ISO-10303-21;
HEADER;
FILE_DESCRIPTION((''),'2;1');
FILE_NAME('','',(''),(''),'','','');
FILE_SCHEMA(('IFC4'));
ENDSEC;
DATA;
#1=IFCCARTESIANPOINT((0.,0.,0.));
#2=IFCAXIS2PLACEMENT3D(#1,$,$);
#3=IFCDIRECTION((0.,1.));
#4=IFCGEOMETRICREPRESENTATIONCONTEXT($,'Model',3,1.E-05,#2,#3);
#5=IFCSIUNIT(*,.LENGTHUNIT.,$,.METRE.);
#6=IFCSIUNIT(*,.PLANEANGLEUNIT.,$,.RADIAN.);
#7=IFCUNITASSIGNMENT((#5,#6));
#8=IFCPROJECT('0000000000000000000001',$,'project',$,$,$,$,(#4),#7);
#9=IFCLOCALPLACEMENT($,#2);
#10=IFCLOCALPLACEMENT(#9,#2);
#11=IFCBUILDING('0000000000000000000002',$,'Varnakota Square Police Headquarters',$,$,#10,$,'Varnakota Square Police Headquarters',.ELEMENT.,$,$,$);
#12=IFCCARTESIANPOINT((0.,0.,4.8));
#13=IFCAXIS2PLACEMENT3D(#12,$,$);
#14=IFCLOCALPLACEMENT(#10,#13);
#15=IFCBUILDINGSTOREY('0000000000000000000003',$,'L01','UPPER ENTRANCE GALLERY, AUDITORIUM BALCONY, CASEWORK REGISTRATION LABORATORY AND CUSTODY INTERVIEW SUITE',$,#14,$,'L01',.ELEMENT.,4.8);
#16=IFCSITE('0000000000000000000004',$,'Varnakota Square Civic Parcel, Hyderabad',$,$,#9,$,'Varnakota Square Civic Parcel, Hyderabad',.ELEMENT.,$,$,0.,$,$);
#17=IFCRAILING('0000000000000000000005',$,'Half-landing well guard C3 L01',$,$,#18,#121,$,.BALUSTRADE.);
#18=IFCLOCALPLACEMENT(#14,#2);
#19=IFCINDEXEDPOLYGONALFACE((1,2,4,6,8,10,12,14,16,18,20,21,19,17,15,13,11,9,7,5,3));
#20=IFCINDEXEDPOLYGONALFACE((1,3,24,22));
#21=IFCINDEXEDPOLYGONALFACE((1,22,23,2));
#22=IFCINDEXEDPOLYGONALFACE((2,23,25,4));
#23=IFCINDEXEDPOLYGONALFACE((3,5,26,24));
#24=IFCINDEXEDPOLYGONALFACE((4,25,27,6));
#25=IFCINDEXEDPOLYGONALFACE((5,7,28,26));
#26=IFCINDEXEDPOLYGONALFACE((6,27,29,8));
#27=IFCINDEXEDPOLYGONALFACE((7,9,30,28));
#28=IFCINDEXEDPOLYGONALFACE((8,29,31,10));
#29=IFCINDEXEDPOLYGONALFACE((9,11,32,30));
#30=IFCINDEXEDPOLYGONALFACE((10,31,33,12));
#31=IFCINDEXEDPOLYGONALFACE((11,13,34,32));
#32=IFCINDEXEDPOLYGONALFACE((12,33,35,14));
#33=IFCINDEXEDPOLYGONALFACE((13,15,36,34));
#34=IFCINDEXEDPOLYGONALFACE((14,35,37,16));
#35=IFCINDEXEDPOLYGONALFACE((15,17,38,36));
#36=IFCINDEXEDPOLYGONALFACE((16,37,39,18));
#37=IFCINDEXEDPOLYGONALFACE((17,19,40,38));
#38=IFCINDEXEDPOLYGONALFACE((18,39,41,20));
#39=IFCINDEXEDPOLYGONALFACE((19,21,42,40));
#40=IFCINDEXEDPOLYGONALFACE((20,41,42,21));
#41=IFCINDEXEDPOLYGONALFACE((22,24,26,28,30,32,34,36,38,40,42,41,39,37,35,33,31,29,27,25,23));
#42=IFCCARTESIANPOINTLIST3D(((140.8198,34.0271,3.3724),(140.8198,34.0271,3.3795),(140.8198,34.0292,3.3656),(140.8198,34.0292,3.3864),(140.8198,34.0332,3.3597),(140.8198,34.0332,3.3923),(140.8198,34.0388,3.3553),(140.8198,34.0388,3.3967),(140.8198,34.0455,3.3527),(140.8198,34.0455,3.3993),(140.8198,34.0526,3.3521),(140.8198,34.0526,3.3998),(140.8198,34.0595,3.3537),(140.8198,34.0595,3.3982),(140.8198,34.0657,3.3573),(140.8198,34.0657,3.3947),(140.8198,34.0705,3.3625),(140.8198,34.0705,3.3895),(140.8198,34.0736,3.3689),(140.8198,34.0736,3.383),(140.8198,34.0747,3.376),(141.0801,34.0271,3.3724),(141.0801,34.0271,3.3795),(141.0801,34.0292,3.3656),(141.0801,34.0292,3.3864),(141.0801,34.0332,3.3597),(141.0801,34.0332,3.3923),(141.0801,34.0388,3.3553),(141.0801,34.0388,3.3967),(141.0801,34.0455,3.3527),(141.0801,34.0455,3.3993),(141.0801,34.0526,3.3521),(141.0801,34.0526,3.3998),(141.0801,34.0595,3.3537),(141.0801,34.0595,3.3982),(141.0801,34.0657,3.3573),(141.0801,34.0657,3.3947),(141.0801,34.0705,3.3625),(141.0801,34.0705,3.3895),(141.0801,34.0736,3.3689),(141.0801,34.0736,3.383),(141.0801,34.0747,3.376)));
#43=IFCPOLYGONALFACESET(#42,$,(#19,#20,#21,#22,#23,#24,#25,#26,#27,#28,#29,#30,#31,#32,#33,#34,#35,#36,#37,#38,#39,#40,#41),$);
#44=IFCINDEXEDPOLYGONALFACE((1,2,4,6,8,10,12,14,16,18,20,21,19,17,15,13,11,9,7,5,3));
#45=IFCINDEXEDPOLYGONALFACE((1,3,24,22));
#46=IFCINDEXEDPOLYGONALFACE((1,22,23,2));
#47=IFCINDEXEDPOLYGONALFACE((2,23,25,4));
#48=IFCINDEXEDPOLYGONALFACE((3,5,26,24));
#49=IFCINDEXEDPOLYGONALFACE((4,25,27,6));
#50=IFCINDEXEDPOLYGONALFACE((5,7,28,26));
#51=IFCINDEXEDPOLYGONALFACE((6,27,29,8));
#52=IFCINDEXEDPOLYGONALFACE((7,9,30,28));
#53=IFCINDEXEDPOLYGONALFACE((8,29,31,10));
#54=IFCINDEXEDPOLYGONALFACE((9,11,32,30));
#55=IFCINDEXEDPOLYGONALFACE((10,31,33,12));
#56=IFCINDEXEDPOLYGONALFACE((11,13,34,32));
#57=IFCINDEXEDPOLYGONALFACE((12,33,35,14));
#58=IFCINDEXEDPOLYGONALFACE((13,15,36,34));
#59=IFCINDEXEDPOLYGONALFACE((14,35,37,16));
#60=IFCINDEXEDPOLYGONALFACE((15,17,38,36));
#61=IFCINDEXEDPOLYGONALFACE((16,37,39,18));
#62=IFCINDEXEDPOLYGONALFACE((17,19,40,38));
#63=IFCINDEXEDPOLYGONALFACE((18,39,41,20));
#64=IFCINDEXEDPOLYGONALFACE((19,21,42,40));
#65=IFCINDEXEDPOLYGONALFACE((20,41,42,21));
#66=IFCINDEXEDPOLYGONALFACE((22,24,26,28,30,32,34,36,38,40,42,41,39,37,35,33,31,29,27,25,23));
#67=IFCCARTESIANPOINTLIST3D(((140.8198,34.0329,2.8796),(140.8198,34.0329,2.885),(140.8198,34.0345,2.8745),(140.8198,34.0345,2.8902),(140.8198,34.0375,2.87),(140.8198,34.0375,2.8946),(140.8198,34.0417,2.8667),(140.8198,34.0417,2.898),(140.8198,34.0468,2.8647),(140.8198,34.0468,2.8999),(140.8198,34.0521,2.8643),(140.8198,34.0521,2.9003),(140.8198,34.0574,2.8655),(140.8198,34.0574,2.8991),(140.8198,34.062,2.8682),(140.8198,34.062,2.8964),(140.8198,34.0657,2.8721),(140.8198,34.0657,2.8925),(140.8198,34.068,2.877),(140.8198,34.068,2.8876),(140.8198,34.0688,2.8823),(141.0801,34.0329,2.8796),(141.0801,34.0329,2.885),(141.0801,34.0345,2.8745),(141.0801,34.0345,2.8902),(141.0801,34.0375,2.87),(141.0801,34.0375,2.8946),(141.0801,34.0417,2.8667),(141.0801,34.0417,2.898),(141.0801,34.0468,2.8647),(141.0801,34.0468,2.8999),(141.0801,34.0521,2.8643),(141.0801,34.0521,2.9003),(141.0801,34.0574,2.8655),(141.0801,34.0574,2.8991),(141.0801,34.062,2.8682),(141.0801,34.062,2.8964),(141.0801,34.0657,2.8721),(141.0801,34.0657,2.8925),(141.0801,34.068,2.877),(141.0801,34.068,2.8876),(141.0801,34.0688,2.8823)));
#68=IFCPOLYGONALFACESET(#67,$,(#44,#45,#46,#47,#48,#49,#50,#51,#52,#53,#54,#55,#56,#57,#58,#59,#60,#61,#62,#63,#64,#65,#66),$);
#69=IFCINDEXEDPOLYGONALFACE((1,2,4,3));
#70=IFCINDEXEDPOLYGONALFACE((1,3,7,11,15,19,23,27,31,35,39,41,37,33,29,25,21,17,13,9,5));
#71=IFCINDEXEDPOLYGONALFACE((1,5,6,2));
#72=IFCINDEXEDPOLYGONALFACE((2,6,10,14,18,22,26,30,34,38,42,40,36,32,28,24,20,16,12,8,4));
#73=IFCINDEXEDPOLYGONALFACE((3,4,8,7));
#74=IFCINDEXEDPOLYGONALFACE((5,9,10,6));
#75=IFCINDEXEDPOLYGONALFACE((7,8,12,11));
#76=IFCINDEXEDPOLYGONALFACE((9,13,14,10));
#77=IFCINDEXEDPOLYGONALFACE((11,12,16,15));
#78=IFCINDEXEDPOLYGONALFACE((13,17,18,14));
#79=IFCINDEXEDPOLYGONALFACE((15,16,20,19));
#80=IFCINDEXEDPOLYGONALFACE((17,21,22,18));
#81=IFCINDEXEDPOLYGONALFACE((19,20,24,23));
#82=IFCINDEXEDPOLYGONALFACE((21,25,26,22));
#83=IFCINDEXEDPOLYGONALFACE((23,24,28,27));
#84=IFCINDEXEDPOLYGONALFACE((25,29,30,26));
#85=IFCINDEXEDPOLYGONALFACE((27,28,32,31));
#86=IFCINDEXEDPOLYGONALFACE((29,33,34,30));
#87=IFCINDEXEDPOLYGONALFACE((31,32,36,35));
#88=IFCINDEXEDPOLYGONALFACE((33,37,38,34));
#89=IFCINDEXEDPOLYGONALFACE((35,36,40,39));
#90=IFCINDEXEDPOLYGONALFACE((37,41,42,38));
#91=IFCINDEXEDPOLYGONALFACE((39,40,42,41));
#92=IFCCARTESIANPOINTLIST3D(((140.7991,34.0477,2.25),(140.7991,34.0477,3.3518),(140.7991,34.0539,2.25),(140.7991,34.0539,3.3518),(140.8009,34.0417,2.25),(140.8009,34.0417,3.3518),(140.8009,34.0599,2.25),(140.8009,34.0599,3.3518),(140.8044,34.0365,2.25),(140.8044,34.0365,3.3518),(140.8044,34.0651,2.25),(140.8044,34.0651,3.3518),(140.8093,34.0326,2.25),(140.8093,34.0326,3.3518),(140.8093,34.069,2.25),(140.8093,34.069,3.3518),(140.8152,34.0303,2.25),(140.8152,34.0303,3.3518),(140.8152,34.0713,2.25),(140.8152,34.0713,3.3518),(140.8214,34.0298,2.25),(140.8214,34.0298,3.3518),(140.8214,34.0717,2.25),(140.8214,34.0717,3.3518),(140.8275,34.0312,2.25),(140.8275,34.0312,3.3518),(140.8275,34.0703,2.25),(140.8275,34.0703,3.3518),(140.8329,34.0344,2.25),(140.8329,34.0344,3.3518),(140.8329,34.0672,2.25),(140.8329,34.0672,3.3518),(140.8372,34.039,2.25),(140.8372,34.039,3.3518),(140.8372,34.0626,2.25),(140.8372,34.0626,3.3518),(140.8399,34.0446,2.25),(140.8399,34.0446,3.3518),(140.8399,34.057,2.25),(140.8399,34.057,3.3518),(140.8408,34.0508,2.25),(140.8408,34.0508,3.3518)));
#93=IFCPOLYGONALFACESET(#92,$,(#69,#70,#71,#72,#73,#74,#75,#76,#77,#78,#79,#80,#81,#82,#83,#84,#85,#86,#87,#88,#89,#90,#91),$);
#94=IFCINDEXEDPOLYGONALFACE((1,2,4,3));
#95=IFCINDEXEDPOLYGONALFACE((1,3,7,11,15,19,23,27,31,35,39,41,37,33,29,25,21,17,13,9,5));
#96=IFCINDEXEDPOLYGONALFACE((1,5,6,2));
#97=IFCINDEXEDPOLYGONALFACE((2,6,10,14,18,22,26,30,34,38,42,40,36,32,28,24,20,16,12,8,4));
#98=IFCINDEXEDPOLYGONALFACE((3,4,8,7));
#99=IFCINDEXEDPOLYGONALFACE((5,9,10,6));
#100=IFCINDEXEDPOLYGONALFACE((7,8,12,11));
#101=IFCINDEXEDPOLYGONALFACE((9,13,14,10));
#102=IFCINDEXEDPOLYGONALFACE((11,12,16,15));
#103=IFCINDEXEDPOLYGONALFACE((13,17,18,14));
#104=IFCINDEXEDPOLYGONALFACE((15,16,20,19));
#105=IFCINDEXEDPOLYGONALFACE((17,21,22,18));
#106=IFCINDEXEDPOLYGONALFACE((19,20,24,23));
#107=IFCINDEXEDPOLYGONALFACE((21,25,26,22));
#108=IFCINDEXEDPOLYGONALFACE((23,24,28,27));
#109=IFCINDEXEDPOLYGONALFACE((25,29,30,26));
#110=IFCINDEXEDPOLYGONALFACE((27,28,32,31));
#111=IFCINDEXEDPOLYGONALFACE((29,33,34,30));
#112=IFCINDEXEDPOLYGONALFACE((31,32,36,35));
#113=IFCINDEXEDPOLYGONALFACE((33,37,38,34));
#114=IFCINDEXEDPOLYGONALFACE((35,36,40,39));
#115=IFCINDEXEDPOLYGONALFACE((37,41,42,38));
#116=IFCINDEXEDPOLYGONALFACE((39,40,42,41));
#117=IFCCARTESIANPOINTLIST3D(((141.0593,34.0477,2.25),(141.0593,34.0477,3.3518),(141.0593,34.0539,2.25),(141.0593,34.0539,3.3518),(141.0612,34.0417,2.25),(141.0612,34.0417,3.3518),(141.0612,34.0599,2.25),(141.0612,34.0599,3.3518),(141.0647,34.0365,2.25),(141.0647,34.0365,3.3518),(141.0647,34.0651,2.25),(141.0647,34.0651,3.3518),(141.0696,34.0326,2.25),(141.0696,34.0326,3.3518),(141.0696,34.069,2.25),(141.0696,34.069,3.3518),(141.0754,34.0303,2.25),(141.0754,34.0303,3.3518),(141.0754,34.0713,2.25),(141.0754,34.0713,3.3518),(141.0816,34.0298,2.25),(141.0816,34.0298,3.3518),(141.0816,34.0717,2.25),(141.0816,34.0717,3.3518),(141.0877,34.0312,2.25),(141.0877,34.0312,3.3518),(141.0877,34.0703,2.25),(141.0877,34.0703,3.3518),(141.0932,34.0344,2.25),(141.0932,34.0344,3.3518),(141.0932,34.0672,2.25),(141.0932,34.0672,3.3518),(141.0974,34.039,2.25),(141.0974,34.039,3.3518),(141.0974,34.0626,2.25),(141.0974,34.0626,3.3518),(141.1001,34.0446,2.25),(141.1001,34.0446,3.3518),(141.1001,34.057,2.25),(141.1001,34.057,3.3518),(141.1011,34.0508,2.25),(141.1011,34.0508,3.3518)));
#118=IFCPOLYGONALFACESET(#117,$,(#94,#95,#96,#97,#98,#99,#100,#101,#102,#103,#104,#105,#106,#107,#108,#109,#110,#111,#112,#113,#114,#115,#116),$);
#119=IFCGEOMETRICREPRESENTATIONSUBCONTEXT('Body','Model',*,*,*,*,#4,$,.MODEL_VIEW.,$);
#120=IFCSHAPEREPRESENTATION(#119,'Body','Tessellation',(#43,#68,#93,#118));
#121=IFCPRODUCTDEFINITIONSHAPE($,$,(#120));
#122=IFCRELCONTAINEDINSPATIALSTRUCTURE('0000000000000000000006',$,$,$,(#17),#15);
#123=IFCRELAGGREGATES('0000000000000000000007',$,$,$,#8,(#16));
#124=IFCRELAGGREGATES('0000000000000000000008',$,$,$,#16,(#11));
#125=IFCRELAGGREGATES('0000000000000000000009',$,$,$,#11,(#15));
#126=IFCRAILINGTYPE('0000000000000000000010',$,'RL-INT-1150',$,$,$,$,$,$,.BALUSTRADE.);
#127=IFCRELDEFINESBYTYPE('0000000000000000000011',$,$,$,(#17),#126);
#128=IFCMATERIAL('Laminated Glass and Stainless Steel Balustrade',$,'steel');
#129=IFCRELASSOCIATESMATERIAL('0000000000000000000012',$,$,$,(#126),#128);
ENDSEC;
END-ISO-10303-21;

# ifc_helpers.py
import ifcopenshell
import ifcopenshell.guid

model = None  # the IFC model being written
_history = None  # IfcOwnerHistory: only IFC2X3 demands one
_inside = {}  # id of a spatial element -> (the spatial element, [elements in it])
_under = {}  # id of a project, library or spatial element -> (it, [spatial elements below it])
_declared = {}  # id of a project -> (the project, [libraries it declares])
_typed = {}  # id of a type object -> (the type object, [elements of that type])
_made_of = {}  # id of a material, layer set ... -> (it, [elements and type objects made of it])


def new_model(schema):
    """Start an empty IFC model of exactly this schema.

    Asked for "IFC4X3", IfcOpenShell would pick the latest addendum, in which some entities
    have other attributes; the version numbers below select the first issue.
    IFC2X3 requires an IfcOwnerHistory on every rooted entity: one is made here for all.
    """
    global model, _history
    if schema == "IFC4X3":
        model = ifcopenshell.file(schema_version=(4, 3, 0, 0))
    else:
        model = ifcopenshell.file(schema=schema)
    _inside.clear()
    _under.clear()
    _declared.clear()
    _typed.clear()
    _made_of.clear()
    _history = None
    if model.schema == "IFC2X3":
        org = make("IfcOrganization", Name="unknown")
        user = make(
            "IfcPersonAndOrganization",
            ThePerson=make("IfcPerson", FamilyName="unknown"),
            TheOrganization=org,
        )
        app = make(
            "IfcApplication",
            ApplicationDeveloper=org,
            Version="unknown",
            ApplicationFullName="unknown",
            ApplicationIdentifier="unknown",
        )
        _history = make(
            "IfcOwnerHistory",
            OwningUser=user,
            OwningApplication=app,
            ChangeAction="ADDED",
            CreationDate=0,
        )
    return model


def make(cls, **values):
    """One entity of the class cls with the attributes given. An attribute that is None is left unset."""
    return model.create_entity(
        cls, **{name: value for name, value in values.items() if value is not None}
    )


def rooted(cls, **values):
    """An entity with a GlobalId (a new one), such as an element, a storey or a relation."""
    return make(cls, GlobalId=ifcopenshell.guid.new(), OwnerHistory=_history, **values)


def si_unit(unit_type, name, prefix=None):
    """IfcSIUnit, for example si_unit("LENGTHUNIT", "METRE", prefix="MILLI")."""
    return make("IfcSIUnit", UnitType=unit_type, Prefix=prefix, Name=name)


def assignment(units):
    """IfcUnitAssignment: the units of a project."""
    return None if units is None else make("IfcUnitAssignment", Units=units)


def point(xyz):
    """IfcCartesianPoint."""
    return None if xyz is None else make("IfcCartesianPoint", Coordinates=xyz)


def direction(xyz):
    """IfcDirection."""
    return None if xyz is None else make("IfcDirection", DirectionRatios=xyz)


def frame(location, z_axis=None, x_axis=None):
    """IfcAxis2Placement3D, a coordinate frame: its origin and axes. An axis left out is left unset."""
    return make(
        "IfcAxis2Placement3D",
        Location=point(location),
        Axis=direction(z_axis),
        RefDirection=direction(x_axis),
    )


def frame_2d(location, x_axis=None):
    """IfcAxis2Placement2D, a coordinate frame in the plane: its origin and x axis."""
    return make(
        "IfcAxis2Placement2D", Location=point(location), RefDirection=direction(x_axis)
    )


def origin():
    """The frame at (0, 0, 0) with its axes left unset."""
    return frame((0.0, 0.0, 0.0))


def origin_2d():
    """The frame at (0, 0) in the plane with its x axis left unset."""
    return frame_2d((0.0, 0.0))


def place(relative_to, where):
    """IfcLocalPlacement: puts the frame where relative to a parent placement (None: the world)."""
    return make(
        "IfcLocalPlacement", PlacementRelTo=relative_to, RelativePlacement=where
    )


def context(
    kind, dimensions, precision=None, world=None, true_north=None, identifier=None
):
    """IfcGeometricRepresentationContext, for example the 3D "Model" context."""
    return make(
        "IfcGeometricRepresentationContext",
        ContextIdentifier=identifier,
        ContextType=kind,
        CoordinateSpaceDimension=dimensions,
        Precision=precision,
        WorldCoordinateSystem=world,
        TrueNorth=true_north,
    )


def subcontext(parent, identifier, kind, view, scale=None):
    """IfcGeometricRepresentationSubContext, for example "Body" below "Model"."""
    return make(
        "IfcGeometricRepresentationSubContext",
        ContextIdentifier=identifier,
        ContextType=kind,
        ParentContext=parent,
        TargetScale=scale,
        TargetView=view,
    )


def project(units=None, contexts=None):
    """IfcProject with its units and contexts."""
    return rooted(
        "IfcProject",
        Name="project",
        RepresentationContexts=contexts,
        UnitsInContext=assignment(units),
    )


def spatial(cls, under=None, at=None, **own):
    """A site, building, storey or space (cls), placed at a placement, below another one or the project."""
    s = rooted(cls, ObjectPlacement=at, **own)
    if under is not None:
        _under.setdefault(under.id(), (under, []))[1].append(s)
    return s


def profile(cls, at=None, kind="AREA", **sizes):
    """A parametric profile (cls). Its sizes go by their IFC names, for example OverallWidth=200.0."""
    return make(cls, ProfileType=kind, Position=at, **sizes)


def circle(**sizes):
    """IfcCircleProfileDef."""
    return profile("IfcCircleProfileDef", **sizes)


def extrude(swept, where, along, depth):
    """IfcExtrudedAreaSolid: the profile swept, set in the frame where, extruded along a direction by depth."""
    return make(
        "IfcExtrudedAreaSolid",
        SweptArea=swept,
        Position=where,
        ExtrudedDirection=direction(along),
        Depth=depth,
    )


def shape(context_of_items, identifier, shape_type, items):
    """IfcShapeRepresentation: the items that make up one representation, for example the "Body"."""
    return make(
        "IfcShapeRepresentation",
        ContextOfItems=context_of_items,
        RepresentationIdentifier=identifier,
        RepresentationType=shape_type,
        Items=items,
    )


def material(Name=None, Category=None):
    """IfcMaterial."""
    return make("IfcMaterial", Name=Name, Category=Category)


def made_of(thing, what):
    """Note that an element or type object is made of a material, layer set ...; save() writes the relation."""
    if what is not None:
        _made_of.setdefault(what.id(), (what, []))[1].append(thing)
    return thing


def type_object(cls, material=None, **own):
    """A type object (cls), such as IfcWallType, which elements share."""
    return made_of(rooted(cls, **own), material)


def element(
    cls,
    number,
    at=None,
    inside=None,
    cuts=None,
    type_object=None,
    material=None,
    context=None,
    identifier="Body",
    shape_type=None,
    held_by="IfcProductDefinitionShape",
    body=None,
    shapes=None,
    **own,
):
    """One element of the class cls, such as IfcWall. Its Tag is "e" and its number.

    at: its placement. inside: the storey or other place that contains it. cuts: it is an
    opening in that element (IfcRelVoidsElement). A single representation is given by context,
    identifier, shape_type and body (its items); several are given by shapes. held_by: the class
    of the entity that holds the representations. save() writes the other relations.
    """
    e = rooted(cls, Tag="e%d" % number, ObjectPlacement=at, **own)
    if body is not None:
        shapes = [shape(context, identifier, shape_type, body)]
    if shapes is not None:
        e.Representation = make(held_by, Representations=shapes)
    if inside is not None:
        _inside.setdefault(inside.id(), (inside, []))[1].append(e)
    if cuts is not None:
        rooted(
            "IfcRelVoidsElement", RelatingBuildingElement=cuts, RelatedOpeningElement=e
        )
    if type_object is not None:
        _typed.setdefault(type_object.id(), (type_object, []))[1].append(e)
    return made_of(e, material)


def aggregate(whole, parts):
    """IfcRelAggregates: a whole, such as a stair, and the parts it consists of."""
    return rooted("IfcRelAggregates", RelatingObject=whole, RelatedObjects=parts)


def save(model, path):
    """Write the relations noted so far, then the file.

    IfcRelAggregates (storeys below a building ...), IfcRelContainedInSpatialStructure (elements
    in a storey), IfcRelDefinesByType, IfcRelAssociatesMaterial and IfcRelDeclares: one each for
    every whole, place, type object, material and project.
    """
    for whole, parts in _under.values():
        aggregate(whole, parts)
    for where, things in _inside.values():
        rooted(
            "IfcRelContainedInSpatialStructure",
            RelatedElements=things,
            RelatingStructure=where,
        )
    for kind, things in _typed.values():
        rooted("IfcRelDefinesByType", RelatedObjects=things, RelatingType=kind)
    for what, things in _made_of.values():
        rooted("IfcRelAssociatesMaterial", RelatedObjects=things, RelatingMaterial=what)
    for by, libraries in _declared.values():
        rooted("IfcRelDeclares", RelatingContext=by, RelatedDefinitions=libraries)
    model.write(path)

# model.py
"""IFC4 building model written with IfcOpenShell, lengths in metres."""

from ifc_helpers import new_model, si_unit, direction, frame, origin, origin_2d, place, context, subcontext, project, spatial, circle, extrude, material, type_object, element, save


model = new_model("IFC4")

# Units and contexts
model_context = context("Model", 3, precision=1e-05, world=origin(), true_north=direction((0.0, 1.0)))
body_context = subcontext(model_context, "Body", "Model", "MODEL_VIEW")
ifc_project = project(units=[si_unit("LENGTHUNIT", "METRE"), si_unit("PLANEANGLEUNIT", "RADIAN")], contexts=[model_context])

# Site, building, storey
site_placement = place(None, origin())
site = spatial("IfcSite", under=ifc_project, at=site_placement, Name="Varnakota Square Civic Parcel, Hyderabad", LongName="Varnakota Square Civic Parcel, Hyderabad", CompositionType="ELEMENT", RefElevation=0.0)
building_placement = place(site_placement, origin())
building = spatial("IfcBuilding", under=site, at=building_placement, Name="Varnakota Square Police Headquarters", LongName="Varnakota Square Police Headquarters", CompositionType="ELEMENT")
storey_placement = place(building_placement, frame((0.0, 0.0, 4.8)))
storey = spatial("IfcBuildingStorey", under=building, at=storey_placement, Name="L01", Description="UPPER ENTRANCE GALLERY, AUDITORIUM BALCONY, CASEWORK REGISTRATION LABORATORY AND CUSTODY INTERVIEW SUITE", LongName="L01", CompositionType="ELEMENT", Elevation=4.8)

# Railing
ifc_material_1 = material(Name="Laminated Glass and Stainless Steel Balustrade", Category="steel")
railing_type_1 = type_object("IfcRailingType", Name="RL-INT-1150", PredefinedType="BALUSTRADE", material=ifc_material_1)
railing_1_placement = place(storey_placement, frame((140.8198, 34.0508, 2.25)))
element("IfcRailing", 1, at=railing_1_placement, inside=storey, type_object=railing_type_1, Name="Half-landing well guard C3 L01", PredefinedType="BALUSTRADE", context=body_context, shape_type="SweptSolid", body=[
    extrude(circle(Radius=0.0239, at=origin_2d()), frame((0.0, 0.0, 1.126), z_axis=(1.0, 0.0, 0.0), x_axis=(0.0, 1.0, 0.0)), (0.0, 0.0, 1.0), 0.2603),
    extrude(circle(Radius=0.0181, at=origin_2d()), frame((0.0, 0.0, 0.6323), z_axis=(1.0, 0.0, 0.0), x_axis=(0.0, 1.0, 0.0)), (0.0, 0.0, 1.0), 0.2603),
    extrude(circle(Radius=0.021, at=origin_2d()), origin(), (0.0, 0.0, 1.0), 1.1018),
    extrude(circle(Radius=0.021, at=origin_2d()), frame((0.2603, 0.0, 0.0)), (0.0, 0.0, 1.0), 1.1018),
])

save(model, "model.ifc")
